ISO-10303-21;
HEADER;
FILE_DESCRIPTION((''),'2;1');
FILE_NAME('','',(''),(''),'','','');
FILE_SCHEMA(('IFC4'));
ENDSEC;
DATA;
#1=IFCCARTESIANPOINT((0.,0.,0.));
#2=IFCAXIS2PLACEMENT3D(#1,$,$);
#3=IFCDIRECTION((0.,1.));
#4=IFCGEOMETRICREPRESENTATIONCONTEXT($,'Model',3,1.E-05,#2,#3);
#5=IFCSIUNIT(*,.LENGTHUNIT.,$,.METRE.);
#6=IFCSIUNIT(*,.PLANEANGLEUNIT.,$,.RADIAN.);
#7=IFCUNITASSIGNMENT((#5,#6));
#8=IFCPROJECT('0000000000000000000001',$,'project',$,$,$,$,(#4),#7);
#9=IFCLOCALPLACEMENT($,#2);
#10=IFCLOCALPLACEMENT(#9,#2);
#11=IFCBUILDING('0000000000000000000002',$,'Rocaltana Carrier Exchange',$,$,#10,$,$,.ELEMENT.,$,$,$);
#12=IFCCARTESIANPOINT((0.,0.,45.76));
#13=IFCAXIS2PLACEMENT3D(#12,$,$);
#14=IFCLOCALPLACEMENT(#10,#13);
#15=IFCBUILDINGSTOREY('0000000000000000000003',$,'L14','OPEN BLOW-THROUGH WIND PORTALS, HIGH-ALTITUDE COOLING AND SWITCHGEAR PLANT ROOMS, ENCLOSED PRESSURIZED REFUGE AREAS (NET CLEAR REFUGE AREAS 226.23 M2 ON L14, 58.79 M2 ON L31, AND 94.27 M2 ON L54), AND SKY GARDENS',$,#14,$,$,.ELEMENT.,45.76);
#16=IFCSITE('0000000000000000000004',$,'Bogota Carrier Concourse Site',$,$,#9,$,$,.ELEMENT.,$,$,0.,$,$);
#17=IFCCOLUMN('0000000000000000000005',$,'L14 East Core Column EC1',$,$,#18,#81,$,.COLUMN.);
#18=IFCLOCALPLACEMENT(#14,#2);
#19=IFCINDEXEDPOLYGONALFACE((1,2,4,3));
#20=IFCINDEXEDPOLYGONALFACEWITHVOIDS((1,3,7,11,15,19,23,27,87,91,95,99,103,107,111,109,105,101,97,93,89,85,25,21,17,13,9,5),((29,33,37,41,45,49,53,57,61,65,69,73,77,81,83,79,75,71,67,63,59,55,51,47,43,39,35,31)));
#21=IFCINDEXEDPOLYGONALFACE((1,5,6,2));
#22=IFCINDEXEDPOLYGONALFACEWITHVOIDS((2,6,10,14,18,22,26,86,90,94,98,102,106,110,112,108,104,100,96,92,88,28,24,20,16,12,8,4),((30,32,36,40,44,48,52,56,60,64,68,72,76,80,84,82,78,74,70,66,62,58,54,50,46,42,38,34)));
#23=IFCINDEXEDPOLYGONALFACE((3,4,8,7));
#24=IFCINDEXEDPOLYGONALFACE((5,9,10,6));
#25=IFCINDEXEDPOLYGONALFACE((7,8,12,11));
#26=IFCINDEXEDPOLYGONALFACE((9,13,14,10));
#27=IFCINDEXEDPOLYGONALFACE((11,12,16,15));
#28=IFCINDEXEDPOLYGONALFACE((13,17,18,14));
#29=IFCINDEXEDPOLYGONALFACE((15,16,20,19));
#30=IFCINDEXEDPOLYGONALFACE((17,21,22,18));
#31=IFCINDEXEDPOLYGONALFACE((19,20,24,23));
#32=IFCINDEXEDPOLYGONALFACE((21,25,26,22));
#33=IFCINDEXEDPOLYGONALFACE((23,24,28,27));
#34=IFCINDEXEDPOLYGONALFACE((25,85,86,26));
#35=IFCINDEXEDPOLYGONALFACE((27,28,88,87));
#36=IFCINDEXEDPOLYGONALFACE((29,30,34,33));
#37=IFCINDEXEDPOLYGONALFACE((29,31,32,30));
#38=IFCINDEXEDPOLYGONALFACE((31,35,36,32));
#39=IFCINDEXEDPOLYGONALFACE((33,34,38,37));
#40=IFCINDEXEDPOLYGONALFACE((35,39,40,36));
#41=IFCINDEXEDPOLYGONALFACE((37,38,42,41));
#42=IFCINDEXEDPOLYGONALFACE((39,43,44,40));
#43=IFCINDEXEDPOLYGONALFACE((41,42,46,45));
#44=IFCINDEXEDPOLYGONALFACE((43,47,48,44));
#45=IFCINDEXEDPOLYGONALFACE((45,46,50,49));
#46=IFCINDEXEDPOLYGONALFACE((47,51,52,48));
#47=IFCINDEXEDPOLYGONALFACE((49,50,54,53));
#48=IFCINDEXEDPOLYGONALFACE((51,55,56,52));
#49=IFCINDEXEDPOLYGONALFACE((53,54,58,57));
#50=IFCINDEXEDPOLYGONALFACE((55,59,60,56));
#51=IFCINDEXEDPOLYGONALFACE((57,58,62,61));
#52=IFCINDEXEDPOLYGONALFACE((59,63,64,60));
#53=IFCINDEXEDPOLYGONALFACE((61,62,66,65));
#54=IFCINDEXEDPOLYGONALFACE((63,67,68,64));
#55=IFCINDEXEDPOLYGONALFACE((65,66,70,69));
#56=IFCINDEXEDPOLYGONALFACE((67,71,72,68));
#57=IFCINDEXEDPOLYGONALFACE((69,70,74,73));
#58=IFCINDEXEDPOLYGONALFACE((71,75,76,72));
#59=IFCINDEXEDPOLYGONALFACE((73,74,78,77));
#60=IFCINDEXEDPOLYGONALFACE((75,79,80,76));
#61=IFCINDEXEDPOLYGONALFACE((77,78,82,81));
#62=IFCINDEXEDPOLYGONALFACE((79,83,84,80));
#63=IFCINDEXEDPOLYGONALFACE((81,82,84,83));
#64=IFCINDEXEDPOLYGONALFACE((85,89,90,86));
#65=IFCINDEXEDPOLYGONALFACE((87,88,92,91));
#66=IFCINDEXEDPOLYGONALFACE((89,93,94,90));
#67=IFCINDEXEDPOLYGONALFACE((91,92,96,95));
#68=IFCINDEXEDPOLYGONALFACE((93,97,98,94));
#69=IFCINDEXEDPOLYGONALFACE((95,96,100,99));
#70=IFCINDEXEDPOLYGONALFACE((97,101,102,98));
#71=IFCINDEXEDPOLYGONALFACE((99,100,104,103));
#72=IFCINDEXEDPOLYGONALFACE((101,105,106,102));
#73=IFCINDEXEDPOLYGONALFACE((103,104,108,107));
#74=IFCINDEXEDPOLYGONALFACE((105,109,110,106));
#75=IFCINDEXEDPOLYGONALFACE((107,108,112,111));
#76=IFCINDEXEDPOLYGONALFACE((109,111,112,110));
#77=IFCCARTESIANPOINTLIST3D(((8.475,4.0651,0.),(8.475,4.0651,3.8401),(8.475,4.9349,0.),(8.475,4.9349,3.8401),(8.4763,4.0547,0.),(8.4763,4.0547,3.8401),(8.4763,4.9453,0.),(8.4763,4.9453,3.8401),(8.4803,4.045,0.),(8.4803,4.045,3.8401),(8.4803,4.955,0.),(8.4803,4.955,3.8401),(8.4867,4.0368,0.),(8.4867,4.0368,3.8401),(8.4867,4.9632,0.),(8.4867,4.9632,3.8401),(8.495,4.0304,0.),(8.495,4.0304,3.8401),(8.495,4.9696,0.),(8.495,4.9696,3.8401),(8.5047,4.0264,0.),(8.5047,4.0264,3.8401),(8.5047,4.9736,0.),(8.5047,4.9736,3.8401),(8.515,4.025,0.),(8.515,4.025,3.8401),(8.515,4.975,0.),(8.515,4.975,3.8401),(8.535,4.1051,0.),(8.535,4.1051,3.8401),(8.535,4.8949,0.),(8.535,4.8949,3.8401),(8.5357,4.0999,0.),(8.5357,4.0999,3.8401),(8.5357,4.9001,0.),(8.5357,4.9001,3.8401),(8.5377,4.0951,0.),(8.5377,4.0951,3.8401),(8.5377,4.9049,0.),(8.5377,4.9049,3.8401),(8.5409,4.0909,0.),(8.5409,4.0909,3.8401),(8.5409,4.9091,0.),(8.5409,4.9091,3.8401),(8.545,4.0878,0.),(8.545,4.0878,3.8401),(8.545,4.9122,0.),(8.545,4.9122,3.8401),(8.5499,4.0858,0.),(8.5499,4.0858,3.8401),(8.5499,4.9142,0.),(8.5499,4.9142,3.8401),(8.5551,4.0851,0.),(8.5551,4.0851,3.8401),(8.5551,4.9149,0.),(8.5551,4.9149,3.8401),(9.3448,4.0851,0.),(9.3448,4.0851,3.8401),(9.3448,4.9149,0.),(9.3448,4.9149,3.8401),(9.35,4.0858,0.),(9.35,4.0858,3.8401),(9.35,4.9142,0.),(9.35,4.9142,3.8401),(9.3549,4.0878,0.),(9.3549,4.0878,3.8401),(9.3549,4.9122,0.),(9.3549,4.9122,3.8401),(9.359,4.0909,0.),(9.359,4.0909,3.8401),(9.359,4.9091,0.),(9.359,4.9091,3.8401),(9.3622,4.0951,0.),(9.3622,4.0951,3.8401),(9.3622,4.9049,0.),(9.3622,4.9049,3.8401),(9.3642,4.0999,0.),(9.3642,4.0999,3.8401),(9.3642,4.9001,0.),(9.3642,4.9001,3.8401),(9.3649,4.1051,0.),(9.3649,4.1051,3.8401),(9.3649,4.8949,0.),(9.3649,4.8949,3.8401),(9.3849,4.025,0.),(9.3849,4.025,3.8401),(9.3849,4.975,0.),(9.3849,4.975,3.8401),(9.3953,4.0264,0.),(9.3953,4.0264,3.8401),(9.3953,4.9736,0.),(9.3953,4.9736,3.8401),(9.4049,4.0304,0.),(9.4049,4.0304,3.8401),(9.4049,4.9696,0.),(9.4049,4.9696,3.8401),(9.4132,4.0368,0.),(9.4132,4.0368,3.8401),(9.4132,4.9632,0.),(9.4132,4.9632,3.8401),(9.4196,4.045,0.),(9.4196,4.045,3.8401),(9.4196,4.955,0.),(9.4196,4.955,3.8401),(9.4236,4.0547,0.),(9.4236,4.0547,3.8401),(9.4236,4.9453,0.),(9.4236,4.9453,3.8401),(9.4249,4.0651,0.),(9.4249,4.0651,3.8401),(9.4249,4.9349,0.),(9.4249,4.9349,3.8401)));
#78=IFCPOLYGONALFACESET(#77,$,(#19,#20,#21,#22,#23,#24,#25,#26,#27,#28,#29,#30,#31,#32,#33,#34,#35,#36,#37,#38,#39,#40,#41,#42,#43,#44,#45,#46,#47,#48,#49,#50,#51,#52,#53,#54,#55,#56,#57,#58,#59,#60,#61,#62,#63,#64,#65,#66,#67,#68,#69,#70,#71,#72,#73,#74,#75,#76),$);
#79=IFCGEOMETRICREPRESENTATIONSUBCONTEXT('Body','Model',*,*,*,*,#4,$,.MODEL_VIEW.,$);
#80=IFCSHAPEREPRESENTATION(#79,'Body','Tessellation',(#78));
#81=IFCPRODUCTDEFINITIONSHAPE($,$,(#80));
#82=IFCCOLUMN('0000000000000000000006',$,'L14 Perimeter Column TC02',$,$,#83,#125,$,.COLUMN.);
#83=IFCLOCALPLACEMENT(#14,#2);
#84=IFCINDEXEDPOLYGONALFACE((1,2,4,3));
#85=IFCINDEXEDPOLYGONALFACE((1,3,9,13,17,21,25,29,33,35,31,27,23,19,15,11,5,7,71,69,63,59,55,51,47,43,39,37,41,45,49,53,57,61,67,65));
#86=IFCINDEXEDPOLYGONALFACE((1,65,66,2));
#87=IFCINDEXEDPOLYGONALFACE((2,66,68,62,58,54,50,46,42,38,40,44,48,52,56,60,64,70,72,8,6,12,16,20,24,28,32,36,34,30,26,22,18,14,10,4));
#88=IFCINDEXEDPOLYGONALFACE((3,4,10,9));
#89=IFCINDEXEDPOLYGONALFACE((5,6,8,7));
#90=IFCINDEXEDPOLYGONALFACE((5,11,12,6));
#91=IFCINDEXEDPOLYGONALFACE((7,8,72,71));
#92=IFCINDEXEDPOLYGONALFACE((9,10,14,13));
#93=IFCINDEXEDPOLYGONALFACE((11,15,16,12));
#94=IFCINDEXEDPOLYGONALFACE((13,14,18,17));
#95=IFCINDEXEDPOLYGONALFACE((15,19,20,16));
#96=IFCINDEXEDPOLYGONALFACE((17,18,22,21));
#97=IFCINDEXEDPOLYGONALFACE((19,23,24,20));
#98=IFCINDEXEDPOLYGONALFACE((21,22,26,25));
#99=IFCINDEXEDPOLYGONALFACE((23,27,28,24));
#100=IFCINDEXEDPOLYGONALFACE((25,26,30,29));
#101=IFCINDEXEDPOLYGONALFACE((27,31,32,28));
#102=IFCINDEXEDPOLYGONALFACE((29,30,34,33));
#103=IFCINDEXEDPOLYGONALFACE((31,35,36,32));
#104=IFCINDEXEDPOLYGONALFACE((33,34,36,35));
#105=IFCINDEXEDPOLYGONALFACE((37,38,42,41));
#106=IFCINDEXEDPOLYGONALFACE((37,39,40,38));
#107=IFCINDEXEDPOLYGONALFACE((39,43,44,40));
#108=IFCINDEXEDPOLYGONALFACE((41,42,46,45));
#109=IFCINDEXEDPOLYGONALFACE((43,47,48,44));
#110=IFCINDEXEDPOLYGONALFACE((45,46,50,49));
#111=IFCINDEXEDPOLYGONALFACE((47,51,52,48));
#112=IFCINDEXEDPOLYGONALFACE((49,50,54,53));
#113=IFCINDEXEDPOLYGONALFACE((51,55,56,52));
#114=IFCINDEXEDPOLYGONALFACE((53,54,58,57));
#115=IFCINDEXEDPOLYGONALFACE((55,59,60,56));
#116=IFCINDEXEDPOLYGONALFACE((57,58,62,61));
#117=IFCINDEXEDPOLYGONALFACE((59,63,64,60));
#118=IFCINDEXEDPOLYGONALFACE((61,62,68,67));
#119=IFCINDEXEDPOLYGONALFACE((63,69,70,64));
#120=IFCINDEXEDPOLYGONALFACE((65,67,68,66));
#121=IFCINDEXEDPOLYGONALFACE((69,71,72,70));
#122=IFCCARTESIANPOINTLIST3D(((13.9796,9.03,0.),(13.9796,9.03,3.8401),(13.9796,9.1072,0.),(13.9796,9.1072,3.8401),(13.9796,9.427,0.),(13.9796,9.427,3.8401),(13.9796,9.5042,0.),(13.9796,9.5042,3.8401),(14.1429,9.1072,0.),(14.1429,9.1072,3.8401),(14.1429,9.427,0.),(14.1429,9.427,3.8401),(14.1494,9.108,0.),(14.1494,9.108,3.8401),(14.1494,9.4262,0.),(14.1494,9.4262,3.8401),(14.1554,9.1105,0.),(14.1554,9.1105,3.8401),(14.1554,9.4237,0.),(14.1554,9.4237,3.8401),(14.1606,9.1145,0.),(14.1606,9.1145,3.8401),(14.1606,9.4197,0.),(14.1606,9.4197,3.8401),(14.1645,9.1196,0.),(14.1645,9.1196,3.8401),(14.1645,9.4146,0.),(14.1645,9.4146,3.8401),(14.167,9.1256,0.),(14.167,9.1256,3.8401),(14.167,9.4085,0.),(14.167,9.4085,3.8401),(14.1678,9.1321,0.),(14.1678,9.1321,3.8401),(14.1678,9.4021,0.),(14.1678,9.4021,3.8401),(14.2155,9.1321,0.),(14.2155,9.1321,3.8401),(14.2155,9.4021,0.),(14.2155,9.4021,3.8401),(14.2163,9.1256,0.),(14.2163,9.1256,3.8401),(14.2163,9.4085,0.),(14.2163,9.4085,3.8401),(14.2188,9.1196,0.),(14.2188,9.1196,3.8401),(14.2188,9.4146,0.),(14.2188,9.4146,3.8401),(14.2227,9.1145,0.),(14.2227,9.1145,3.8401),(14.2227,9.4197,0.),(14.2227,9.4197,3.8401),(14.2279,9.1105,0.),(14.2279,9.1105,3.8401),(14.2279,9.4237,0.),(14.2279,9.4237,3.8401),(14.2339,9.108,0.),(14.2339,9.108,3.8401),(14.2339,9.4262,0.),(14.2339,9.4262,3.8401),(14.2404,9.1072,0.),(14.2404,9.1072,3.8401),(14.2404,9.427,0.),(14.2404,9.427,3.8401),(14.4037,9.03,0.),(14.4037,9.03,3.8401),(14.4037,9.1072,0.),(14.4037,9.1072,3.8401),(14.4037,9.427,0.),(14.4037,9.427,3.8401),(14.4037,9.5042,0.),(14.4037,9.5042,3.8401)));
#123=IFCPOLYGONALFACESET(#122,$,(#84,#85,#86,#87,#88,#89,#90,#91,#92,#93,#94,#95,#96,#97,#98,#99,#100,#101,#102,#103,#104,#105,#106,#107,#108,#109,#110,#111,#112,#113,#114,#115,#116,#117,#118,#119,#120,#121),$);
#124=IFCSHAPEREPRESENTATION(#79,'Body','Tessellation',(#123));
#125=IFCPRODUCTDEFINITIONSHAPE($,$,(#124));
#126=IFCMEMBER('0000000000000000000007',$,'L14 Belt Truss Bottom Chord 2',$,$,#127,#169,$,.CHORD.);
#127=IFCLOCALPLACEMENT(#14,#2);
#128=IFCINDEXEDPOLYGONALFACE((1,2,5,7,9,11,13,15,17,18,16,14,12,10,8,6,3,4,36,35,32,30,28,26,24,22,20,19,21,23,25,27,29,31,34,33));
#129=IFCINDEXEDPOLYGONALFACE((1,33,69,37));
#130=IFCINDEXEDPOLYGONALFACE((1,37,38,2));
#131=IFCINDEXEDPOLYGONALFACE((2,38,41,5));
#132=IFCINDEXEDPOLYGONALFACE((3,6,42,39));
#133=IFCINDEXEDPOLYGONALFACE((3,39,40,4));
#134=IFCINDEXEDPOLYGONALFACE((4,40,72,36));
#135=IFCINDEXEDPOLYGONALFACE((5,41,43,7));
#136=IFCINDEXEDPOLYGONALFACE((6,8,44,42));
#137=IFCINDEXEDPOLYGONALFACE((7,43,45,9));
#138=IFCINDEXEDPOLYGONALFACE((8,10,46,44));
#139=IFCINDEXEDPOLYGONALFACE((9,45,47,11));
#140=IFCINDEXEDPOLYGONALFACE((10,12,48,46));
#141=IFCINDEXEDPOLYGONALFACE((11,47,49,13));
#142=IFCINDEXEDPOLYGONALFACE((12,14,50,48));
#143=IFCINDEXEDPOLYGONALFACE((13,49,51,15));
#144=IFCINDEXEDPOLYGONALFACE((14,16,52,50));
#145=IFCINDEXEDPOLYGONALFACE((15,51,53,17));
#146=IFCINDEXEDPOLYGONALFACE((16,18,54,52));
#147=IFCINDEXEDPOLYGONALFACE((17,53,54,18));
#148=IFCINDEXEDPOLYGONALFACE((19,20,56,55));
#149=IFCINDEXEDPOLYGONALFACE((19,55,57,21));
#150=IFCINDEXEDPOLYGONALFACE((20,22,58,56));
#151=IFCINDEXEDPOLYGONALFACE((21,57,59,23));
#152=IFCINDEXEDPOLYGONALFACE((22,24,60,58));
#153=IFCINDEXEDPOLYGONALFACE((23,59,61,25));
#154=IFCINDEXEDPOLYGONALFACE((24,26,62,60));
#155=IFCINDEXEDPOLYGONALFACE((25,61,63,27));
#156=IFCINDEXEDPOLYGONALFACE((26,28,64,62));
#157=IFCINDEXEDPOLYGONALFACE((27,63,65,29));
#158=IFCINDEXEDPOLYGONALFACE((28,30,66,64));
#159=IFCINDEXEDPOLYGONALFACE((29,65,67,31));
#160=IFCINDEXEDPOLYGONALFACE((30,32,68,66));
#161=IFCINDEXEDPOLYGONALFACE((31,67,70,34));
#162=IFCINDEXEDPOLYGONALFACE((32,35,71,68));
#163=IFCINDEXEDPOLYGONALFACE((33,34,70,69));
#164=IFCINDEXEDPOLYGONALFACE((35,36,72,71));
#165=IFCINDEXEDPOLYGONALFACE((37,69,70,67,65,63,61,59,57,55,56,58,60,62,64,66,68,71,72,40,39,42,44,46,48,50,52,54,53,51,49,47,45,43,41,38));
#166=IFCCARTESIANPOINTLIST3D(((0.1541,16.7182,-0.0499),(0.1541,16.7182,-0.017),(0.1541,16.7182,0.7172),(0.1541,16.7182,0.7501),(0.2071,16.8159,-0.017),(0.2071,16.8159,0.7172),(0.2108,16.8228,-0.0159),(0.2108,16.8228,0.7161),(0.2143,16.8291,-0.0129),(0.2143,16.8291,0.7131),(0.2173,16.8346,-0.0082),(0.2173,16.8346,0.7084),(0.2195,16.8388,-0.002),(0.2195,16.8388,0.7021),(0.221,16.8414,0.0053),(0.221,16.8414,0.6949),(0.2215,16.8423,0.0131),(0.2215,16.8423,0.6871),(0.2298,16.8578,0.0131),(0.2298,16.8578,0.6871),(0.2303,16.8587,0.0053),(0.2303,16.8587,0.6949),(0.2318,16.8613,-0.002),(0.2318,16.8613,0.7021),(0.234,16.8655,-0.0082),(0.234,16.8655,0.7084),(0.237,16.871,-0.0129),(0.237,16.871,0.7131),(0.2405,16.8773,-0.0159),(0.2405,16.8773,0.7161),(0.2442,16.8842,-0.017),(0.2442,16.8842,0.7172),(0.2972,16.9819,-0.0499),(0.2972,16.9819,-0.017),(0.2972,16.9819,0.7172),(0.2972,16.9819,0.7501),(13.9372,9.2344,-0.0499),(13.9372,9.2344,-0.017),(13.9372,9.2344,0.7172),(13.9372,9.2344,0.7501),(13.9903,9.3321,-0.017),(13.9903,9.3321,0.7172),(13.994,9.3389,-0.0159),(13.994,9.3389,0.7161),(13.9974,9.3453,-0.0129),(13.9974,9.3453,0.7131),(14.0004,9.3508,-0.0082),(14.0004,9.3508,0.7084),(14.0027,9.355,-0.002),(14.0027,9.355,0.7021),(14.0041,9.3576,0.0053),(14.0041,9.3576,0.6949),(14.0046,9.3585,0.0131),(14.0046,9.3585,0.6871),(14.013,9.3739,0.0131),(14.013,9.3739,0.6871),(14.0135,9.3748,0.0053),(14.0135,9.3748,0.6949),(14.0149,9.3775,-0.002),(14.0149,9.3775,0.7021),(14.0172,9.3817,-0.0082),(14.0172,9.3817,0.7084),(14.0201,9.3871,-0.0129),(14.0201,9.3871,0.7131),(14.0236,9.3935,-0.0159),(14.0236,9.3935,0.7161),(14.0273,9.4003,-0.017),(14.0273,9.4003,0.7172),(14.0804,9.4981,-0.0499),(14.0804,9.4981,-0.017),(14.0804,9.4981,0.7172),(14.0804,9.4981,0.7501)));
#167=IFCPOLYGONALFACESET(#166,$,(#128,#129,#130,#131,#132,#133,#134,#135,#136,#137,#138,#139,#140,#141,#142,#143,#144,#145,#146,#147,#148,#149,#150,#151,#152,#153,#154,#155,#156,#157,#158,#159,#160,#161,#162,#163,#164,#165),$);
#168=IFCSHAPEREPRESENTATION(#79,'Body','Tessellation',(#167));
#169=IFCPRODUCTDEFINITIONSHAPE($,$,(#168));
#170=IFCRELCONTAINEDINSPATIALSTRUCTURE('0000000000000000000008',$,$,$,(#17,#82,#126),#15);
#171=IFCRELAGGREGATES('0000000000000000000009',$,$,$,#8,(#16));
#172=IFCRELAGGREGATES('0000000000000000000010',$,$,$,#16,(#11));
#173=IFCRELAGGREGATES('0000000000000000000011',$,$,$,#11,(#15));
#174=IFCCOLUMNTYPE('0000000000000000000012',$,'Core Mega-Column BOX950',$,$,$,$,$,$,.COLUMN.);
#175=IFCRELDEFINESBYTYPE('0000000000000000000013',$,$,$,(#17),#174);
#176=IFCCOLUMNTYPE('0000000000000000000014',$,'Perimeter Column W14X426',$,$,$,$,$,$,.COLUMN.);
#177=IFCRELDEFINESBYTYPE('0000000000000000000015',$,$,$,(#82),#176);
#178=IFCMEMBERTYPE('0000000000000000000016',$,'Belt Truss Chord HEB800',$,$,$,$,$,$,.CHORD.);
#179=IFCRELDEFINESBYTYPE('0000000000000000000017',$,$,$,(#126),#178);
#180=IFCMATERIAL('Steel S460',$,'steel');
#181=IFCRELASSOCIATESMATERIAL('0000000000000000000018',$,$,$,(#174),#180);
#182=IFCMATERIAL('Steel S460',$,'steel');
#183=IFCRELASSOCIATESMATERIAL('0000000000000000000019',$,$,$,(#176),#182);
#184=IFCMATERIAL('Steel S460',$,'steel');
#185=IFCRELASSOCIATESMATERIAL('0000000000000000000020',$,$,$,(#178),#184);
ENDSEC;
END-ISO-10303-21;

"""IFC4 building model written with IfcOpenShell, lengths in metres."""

from ifc_helpers import new_model, si_unit, direction, frame, origin, origin_2d, place, context, subcontext, project, spatial, hollow_rectangle, i_section, extrude, material, material_profile, profile_set, type_object, element, save


model = new_model("IFC4")

# Units and contexts
model_context = context("Model", 3, precision=1e-05, world=origin(), true_north=direction((0.0, 1.0)))
body_context = subcontext(model_context, "Body", "Model", "MODEL_VIEW")
ifc_project = project(units=[si_unit("LENGTHUNIT", "METRE"), si_unit("PLANEANGLEUNIT", "RADIAN")], contexts=[model_context])

# Site, building, storey
site_placement = place(None, origin())
site = spatial("IfcSite", under=ifc_project, at=site_placement, Name="Bogota Carrier Concourse Site", CompositionType="ELEMENT", RefElevation=0.0)
building_placement = place(site_placement, origin())
building = spatial("IfcBuilding", under=site, at=building_placement, Name="Rocaltana Carrier Exchange", CompositionType="ELEMENT")
storey_placement = place(building_placement, frame((0.0, 0.0, 45.76)))
storey = spatial("IfcBuildingStorey", under=building, at=storey_placement, Name="L14", Description="OPEN BLOW-THROUGH WIND PORTALS, HIGH-ALTITUDE COOLING AND SWITCHGEAR PLANT ROOMS, ENCLOSED PRESSURIZED REFUGE AREAS (NET CLEAR REFUGE AREAS 226.23 M2 ON L14, 58.79 M2 ON L31, AND 94.27 M2 ON L54), AND SKY GARDENS", CompositionType="ELEMENT", Elevation=45.76)

# Columns
ifc_material_1 = material(Name="Steel S460", Category="steel")
ifc_material_profile_1 = material_profile(ifc_material_1, hollow_rectangle(XDim=0.95, YDim=0.95, WallThickness=0.0601, InnerFilletRadius=0.02, OuterFilletRadius=0.04, at=origin_2d()), Name="BOX950X950X60")
ifc_profile_set_1 = profile_set([ifc_material_profile_1], Name="Steel S460")
column_type_1 = type_object("IfcColumnType", Name="Core Mega-Column BOX950", PredefinedType="COLUMN", material=ifc_profile_set_1)
column_1_placement = place(storey_placement, frame((8.95, 4.5, 0.0), z_axis=(0.0, 0.0, 1.0), x_axis=(1.0, 0.0, 0.0)))
element("IfcColumn", 1, at=column_1_placement, inside=storey, type_object=column_type_1, Name="L14 East Core Column EC1", PredefinedType="COLUMN", context=body_context, shape_type="SweptSolid", body=[
    extrude(hollow_rectangle(XDim=0.95, YDim=0.95, WallThickness=0.0601, InnerFilletRadius=0.02, OuterFilletRadius=0.04, at=origin_2d()), origin(), (0.0, 0.0, 1.0), 3.8401),
])
ifc_material_2 = material(Name="Steel S460", Category="steel")
ifc_material_profile_2 = material_profile(ifc_material_2, i_section(OverallWidth=0.4241, OverallDepth=0.4741, WebThickness=0.0476, FlangeThickness=0.0771, FilletRadius=0.0249, at=origin_2d()), Name="W14X426")
ifc_profile_set_2 = profile_set([ifc_material_profile_2], Name="Steel S460")
column_type_2 = type_object("IfcColumnType", Name="Perimeter Column W14X426", PredefinedType="COLUMN", material=ifc_profile_set_2)
column_2_placement = place(storey_placement, frame((14.1917, 9.2671, 0.0), z_axis=(0.0, 0.0, 1.0), x_axis=(1.0, 0.0, 0.0)))
element("IfcColumn", 2, at=column_2_placement, inside=storey, type_object=column_type_2, Name="L14 Perimeter Column TC02", PredefinedType="COLUMN", context=body_context, shape_type="SweptSolid", body=[
    extrude(i_section(OverallWidth=0.4241, OverallDepth=0.4741, WebThickness=0.0476, FlangeThickness=0.0771, FilletRadius=0.0249, at=origin_2d()), origin(), (0.0, 0.0, 1.0), 3.8401),
])

# Member
ifc_material_3 = material(Name="Steel S460", Category="steel")
ifc_material_profile_3 = material_profile(ifc_material_3, i_section(OverallWidth=0.3, OverallDepth=0.8, WebThickness=0.0176, FlangeThickness=0.033, FilletRadius=0.03, at=origin_2d()), Name="HEB800")
ifc_profile_set_3 = profile_set([ifc_material_profile_3], Name="Steel S460")
member_type_1 = type_object("IfcMemberType", Name="Belt Truss Chord HEB800", PredefinedType="CHORD", material=ifc_profile_set_3)
member_placement = place(storey_placement, frame((14.0088, 9.3662, 0.3501), z_axis=(-0.878811, 0.477169, 0.0), x_axis=(-0.477169, -0.878811, 0.0)))
element("IfcMember", 3, at=member_placement, inside=storey, type_object=member_type_1, Name="L14 Belt Truss Bottom Chord 2", PredefinedType="CHORD", context=body_context, shape_type="SweptSolid", body=[
    extrude(i_section(OverallWidth=0.3, OverallDepth=0.8, WebThickness=0.0176, FlangeThickness=0.033, FilletRadius=0.03, at=origin_2d()), origin(), (0.0, 0.0, 1.0), 15.6838),
])

save(model, "model.ifc")
